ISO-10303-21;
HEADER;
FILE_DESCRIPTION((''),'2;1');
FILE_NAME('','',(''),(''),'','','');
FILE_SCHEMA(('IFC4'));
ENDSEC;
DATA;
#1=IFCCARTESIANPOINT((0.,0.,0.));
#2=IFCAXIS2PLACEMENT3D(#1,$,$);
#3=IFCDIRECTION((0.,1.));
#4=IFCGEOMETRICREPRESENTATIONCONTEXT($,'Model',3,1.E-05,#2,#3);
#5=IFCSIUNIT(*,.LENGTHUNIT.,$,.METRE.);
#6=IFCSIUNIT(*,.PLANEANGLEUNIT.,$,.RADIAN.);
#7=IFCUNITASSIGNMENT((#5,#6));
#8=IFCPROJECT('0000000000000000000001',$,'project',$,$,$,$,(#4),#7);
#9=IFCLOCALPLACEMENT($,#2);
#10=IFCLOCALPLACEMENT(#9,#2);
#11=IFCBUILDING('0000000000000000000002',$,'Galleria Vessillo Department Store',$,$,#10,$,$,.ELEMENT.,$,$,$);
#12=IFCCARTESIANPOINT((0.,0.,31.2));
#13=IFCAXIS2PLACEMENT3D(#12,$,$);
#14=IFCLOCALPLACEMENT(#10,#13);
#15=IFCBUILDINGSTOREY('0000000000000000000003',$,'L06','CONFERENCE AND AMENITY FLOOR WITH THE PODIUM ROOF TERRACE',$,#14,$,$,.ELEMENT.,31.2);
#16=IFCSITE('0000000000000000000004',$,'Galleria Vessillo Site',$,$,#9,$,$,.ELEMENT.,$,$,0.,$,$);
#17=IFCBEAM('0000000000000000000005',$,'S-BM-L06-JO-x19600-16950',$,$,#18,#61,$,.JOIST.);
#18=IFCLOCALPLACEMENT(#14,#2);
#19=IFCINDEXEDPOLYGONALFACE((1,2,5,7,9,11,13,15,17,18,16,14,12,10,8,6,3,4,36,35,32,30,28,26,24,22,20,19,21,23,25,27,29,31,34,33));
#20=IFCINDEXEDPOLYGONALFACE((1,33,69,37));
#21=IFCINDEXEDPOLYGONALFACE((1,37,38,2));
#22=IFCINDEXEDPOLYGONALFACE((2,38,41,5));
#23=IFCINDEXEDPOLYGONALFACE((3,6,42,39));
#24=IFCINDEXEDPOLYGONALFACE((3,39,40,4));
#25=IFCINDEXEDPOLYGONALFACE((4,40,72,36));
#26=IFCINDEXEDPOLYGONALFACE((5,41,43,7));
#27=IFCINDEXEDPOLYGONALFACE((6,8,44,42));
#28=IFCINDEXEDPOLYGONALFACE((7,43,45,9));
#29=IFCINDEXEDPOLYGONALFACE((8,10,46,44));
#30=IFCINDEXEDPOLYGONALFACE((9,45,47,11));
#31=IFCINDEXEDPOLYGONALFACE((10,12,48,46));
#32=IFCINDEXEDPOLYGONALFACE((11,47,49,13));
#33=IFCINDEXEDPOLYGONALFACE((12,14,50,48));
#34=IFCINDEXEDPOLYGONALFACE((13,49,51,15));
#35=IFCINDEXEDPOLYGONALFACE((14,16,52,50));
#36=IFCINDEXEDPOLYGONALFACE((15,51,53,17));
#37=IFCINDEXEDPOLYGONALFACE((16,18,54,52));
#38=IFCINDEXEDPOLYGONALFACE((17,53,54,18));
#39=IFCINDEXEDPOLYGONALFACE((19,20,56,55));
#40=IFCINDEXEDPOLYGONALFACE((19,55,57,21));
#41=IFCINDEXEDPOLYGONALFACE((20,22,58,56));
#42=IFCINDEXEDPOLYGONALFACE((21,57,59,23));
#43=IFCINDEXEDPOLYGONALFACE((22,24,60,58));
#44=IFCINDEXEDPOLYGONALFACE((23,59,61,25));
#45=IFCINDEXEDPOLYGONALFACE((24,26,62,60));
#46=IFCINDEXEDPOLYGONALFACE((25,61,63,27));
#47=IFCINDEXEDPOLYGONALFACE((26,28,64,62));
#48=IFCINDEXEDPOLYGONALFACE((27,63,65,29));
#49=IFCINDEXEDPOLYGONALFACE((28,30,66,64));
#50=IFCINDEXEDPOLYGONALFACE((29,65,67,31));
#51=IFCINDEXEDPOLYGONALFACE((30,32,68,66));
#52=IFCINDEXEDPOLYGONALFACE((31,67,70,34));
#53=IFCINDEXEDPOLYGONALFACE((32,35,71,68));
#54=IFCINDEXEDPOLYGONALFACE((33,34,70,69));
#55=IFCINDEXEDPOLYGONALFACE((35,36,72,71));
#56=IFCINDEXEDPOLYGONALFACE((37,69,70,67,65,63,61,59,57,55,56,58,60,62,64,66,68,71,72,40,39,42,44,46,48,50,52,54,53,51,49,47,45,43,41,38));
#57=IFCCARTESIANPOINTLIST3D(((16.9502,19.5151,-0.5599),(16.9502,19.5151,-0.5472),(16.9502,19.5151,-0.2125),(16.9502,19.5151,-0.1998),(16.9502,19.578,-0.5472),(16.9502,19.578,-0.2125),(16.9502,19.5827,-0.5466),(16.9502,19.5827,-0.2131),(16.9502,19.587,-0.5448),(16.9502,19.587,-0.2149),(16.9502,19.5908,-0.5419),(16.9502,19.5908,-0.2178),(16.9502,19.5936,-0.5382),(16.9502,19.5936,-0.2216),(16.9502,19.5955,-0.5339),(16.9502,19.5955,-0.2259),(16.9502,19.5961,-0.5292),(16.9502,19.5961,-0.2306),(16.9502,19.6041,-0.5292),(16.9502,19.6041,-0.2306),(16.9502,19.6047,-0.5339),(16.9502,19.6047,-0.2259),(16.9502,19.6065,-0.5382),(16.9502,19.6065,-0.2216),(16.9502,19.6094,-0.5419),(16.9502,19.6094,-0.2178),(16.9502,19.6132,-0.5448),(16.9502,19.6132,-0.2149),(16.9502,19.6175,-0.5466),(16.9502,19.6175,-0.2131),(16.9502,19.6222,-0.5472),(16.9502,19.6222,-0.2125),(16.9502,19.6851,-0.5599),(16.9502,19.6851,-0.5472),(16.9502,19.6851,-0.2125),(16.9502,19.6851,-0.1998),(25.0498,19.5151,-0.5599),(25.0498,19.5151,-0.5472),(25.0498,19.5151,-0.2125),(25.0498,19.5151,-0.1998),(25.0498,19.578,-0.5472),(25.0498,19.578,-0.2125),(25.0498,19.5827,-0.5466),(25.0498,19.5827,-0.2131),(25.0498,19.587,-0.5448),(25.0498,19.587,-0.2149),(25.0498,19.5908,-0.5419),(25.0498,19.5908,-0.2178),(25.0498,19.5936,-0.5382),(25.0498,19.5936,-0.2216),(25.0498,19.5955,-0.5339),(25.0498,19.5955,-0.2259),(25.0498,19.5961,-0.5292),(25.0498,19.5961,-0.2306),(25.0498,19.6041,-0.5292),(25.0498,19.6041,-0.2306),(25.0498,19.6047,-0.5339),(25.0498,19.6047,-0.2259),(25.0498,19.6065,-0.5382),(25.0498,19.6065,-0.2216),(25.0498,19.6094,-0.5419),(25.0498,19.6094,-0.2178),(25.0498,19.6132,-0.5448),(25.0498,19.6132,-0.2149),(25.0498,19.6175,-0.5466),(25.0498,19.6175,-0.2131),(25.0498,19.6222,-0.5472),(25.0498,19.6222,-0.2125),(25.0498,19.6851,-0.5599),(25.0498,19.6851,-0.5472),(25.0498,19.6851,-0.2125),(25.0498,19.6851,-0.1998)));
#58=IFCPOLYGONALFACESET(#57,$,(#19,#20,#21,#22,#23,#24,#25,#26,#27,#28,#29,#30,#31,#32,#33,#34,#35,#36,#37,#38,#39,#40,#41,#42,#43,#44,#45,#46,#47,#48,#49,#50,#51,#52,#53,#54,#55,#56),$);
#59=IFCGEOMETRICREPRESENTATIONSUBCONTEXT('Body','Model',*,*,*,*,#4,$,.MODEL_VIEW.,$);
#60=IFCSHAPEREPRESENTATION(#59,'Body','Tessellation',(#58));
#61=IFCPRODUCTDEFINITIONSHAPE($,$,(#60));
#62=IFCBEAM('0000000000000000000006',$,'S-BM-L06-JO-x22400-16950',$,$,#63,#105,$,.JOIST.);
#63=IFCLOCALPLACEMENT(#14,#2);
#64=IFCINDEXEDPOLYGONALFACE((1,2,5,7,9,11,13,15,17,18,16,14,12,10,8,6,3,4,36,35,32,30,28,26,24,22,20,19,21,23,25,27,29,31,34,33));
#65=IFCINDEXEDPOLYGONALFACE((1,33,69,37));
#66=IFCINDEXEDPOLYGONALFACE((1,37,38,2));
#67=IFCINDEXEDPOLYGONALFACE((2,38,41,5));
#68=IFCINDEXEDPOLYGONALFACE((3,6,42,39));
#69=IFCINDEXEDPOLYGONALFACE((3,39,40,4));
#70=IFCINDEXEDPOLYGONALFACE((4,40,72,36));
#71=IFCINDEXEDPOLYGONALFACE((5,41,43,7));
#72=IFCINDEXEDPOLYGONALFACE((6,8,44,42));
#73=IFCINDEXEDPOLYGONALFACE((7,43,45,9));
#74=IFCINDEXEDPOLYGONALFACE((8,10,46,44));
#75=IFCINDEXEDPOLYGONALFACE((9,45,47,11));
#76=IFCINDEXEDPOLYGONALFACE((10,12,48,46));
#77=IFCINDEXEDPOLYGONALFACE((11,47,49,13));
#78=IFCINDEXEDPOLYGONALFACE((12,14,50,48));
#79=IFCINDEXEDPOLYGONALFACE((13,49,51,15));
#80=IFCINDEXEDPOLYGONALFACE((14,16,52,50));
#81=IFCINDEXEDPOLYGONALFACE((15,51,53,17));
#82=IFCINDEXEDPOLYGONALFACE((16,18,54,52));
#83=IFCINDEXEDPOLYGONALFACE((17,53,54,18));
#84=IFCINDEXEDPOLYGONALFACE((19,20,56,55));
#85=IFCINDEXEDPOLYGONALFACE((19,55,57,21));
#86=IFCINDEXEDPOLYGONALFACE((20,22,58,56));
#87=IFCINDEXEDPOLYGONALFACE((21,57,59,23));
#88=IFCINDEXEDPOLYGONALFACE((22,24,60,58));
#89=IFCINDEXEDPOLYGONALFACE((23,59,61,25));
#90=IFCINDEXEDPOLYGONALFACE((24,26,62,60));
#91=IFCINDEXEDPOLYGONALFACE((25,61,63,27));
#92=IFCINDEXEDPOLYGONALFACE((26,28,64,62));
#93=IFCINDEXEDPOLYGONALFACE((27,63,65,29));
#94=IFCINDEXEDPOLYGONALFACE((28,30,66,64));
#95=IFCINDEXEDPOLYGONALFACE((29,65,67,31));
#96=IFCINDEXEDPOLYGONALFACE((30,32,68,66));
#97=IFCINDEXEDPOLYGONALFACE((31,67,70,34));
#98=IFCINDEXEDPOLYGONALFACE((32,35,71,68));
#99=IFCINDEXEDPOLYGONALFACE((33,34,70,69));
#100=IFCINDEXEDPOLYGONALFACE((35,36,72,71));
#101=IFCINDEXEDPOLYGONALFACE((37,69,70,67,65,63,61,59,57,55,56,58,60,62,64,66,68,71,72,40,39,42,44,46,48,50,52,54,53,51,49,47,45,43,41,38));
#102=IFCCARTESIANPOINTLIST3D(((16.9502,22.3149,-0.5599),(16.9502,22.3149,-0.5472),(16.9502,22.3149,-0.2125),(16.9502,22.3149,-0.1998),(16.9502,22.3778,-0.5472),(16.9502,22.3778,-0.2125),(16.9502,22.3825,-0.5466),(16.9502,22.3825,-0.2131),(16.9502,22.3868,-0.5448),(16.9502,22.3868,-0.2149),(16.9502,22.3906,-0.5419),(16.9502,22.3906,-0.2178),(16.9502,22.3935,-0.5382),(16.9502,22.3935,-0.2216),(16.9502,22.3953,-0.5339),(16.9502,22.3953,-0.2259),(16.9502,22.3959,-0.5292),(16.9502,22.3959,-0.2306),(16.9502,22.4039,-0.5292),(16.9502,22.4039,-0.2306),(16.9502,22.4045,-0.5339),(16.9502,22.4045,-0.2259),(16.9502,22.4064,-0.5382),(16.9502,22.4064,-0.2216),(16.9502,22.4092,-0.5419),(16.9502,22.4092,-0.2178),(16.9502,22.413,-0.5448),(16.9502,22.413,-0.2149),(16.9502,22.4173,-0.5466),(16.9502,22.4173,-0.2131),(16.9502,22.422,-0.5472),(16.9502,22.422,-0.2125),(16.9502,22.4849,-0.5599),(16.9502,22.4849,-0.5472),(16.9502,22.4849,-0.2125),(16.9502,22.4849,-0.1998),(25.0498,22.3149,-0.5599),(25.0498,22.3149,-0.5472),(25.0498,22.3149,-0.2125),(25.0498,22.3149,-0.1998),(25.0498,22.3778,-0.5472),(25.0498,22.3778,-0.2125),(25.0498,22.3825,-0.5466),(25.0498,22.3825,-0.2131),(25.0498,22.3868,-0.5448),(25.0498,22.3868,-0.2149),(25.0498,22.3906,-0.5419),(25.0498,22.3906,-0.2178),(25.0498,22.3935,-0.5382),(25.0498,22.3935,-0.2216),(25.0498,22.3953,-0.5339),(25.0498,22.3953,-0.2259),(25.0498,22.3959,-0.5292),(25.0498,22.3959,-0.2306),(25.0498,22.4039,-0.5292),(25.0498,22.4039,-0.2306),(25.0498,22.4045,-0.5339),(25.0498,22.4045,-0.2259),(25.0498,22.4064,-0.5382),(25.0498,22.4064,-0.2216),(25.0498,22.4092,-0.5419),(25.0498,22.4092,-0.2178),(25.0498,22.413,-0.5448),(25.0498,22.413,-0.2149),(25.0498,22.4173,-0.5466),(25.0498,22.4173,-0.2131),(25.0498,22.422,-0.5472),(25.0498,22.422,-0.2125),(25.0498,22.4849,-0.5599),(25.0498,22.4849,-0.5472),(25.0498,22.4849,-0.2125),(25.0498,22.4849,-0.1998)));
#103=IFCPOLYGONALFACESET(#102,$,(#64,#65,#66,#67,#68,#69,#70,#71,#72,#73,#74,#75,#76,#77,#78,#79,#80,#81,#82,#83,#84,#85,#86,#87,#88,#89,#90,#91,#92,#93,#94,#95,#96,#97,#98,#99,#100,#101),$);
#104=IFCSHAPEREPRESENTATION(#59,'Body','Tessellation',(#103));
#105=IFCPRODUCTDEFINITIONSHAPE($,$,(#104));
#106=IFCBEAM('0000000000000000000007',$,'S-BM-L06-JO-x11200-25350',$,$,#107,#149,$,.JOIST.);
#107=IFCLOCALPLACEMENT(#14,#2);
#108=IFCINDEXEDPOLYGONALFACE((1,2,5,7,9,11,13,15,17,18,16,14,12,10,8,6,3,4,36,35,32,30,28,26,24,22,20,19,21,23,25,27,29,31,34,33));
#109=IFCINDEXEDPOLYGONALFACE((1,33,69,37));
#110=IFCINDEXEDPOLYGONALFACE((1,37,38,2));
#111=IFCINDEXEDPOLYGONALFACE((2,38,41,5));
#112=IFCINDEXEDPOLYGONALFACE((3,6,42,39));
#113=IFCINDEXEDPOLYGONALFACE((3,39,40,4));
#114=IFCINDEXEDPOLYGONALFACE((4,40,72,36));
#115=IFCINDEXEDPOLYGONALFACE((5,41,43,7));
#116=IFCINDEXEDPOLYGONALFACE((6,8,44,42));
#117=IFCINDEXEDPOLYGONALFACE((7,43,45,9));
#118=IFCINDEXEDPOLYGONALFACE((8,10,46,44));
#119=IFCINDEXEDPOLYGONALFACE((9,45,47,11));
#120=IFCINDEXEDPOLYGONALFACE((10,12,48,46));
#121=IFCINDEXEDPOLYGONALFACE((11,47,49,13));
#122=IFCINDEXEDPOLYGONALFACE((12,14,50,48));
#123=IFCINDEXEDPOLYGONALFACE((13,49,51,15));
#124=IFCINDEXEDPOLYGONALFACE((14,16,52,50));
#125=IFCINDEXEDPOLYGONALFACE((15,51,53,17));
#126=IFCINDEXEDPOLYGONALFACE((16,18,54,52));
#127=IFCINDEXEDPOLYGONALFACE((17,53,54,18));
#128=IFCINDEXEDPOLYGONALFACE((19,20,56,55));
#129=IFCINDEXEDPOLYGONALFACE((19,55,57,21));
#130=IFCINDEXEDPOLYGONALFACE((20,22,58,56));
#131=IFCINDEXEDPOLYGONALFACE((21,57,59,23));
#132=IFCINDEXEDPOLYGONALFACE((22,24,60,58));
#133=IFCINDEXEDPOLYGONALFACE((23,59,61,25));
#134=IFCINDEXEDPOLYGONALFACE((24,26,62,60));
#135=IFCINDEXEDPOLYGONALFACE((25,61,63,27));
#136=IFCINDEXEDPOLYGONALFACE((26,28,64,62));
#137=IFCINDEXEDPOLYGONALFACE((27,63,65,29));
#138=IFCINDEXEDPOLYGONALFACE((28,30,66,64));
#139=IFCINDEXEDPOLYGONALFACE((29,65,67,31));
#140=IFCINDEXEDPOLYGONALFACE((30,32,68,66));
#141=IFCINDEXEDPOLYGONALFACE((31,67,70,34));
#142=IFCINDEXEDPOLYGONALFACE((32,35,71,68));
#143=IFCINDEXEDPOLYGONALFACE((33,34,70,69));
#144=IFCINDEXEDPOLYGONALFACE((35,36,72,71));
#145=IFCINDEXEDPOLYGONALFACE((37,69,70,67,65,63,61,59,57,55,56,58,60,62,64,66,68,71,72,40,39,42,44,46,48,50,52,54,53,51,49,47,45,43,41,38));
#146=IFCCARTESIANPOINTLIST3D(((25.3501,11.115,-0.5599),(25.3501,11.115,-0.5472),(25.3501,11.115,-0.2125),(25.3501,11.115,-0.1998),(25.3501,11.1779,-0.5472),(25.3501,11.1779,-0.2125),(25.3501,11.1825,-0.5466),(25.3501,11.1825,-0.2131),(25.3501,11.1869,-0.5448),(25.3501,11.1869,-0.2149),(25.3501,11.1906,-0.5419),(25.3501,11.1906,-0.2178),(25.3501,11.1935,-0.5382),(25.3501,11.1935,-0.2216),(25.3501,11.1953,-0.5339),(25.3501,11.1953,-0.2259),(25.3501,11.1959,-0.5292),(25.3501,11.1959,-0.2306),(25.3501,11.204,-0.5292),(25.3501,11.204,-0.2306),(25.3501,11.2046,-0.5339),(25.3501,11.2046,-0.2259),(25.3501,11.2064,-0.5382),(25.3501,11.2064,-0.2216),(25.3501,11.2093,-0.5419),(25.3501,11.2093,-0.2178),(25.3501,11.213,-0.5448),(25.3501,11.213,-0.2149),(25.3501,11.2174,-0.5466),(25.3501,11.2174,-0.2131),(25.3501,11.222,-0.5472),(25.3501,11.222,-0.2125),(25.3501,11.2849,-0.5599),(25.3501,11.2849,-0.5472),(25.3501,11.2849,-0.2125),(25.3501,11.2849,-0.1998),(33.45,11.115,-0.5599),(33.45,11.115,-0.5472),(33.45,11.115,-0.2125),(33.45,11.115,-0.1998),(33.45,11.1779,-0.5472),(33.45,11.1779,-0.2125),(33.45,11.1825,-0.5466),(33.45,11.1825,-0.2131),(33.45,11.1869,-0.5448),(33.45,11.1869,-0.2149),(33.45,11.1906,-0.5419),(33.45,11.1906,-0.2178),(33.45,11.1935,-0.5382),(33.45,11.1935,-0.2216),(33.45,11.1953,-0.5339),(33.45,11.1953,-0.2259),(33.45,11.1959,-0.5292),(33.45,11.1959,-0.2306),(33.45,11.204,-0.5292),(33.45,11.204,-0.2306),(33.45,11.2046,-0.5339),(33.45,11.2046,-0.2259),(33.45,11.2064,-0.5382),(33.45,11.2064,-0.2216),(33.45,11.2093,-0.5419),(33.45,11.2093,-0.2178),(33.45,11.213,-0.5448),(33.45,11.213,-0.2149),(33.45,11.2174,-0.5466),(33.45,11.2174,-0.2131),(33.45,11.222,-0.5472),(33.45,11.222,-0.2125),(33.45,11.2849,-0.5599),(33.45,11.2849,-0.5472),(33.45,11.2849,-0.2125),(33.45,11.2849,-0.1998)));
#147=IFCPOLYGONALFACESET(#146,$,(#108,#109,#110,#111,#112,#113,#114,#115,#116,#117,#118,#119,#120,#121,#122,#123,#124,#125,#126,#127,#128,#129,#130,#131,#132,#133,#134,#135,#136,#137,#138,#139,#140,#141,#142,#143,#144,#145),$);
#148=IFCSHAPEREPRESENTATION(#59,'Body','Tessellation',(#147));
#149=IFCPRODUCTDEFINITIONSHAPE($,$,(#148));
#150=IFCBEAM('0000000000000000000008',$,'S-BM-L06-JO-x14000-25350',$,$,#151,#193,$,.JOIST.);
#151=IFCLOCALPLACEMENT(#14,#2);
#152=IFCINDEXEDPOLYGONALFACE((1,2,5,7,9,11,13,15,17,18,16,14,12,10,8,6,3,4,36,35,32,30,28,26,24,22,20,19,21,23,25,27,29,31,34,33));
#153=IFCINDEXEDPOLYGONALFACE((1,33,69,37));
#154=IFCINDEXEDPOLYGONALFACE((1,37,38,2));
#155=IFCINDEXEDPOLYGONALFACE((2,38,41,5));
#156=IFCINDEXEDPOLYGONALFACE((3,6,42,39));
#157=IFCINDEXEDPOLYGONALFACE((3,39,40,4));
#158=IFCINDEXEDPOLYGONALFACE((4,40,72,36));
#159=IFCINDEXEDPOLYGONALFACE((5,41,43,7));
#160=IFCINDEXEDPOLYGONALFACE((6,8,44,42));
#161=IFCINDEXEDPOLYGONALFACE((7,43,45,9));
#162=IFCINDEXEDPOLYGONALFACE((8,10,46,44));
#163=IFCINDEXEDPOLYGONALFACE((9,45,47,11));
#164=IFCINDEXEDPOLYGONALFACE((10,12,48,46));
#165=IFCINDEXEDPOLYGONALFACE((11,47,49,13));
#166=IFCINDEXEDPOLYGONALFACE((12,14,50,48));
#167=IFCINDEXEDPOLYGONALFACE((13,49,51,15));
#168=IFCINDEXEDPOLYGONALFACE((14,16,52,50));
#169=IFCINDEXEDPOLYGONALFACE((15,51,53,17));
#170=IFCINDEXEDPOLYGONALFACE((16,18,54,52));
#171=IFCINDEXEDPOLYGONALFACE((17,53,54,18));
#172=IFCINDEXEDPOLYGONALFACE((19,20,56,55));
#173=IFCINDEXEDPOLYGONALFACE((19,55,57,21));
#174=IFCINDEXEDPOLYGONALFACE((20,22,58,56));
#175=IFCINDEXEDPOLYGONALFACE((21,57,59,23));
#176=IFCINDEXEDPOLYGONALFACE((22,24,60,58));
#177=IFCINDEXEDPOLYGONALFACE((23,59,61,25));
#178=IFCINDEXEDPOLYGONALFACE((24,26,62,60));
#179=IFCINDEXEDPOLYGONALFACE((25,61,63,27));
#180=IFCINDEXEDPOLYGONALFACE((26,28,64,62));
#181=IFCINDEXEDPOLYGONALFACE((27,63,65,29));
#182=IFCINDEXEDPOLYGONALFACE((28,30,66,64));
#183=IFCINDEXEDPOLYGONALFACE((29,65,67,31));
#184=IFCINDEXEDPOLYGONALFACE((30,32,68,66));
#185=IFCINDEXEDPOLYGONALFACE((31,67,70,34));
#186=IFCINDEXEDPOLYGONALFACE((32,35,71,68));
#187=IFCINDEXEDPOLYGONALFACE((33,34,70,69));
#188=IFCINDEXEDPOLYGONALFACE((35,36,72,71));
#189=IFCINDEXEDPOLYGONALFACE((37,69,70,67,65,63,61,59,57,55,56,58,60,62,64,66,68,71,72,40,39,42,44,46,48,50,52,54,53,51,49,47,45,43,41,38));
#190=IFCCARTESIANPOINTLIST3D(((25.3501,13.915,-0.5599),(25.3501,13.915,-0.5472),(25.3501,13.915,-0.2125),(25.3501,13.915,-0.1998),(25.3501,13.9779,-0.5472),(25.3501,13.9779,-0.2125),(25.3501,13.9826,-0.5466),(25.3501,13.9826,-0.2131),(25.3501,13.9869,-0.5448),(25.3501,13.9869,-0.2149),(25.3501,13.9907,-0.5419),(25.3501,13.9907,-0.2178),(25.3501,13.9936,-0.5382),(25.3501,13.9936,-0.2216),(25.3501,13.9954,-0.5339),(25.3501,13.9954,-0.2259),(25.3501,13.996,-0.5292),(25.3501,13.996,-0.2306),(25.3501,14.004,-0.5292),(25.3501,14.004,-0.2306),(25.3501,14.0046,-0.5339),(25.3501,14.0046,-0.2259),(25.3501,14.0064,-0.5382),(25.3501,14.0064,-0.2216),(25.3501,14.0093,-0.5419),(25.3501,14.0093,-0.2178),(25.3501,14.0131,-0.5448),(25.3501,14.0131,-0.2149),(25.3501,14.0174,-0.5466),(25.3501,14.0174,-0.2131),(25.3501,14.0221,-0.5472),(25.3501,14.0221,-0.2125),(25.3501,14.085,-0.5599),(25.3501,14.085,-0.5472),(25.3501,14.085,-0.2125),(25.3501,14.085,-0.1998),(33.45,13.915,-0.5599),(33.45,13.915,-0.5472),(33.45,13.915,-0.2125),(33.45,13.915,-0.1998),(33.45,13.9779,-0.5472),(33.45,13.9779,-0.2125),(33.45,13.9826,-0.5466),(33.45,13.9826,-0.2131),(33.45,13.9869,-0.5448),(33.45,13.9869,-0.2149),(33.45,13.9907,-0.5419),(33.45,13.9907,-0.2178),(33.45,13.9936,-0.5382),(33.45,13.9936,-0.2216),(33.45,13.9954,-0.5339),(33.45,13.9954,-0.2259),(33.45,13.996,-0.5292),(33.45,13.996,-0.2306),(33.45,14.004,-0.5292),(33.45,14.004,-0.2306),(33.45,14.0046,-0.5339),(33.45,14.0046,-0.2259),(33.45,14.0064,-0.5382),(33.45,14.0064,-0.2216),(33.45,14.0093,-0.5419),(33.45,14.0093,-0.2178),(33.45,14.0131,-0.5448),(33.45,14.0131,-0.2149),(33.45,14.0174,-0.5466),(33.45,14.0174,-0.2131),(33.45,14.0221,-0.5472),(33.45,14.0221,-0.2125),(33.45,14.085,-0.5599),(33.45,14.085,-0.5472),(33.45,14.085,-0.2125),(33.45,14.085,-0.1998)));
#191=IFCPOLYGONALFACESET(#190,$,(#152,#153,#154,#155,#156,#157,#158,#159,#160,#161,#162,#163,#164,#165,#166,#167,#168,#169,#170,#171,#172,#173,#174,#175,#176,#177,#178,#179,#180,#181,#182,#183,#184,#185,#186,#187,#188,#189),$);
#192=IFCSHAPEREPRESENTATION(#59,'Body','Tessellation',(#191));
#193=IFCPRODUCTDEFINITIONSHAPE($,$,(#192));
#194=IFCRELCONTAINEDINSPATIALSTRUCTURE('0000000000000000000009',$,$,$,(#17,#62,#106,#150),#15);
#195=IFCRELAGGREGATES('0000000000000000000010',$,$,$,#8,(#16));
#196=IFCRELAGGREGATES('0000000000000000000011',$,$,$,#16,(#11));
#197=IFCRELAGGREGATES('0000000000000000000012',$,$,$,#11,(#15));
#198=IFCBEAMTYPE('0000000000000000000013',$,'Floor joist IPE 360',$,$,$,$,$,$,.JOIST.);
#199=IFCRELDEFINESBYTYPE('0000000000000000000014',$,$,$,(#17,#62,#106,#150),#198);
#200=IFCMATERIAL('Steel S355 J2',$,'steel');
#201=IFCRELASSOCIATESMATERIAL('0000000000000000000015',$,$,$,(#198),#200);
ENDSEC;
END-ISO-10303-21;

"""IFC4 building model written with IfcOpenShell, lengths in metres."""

from ifc_helpers import new_model, si_unit, direction, frame, origin, origin_2d, place, context, subcontext, project, spatial, i_section, extrude, material, material_profile, profile_set, type_object, element, save


model = new_model("IFC4")

# Units and contexts
model_context = context("Model", 3, precision=1e-05, world=origin(), true_north=direction((0.0, 1.0)))
body_context = subcontext(model_context, "Body", "Model", "MODEL_VIEW")
ifc_project = project(units=[si_unit("LENGTHUNIT", "METRE"), si_unit("PLANEANGLEUNIT", "RADIAN")], contexts=[model_context])

# Site, building, storey
site_placement = place(None, origin())
site = spatial("IfcSite", under=ifc_project, at=site_placement, Name="Galleria Vessillo Site", CompositionType="ELEMENT", RefElevation=0.0)
building_placement = place(site_placement, origin())
building = spatial("IfcBuilding", under=site, at=building_placement, Name="Galleria Vessillo Department Store", CompositionType="ELEMENT")
storey_placement = place(building_placement, frame((0.0, 0.0, 31.2)))
storey = spatial("IfcBuildingStorey", under=building, at=storey_placement, Name="L06", Description="CONFERENCE AND AMENITY FLOOR WITH THE PODIUM ROOF TERRACE", CompositionType="ELEMENT", Elevation=31.2)

# Beams
ifc_material_1 = material(Name="Steel S355 J2", Category="steel")
ifc_material_profile_1 = material_profile(ifc_material_1, i_section(OverallWidth=0.1699, OverallDepth=0.3601, WebThickness=0.0081, FlangeThickness=0.0127, FilletRadius=0.0181, at=origin_2d()), Name="IPE 360")
ifc_profile_set_1 = profile_set([ifc_material_profile_1], Name="Steel S355 J2")
beam_type_1 = type_object("IfcBeamType", Name="Floor joist IPE 360", PredefinedType="JOIST", material=ifc_profile_set_1)
for number, where, z_axis, x_axis, name in (
    (1, (16.9502, 19.6001, -0.3799), (1.0, 0.0, 0.0), (0.0, 1.0, 0.0), "S-BM-L06-JO-x19600-16950"),
    (2, (16.9502, 22.3999, -0.3799), (1.0, 0.0, 0.0), (0.0, 1.0, 0.0), "S-BM-L06-JO-x22400-16950"),
):
    element("IfcBeam", number, at=place(storey_placement, frame(where, z_axis=z_axis, x_axis=x_axis)), inside=storey, type_object=beam_type_1, Name=name, PredefinedType="JOIST", context=body_context, shape_type="SweptSolid", body=[
        extrude(i_section(OverallWidth=0.1699, OverallDepth=0.3601, WebThickness=0.0081, FlangeThickness=0.0127, FilletRadius=0.0181, at=origin_2d()), origin(), (0.0, 0.0, 1.0), 8.0996),
    ])
for number, where, z_axis, x_axis, name in (
    (3, (25.3501, 11.2, -0.3799), (1.0, 0.0, 0.0), (0.0, 1.0, 0.0), "S-BM-L06-JO-x11200-25350"),
    (4, (25.3501, 14.0, -0.3799), (1.0, 0.0, 0.0), (0.0, 1.0, 0.0), "S-BM-L06-JO-x14000-25350"),
):
    element("IfcBeam", number, at=place(storey_placement, frame(where, z_axis=z_axis, x_axis=x_axis)), inside=storey, type_object=beam_type_1, Name=name, PredefinedType="JOIST", context=body_context, shape_type="SweptSolid", body=[
        extrude(i_section(OverallWidth=0.1699, OverallDepth=0.3601, WebThickness=0.0081, FlangeThickness=0.0127, FilletRadius=0.0181, at=origin_2d()), origin(), (0.0, 0.0, 1.0), 8.0999),
    ])

save(model, "model.ifc")
